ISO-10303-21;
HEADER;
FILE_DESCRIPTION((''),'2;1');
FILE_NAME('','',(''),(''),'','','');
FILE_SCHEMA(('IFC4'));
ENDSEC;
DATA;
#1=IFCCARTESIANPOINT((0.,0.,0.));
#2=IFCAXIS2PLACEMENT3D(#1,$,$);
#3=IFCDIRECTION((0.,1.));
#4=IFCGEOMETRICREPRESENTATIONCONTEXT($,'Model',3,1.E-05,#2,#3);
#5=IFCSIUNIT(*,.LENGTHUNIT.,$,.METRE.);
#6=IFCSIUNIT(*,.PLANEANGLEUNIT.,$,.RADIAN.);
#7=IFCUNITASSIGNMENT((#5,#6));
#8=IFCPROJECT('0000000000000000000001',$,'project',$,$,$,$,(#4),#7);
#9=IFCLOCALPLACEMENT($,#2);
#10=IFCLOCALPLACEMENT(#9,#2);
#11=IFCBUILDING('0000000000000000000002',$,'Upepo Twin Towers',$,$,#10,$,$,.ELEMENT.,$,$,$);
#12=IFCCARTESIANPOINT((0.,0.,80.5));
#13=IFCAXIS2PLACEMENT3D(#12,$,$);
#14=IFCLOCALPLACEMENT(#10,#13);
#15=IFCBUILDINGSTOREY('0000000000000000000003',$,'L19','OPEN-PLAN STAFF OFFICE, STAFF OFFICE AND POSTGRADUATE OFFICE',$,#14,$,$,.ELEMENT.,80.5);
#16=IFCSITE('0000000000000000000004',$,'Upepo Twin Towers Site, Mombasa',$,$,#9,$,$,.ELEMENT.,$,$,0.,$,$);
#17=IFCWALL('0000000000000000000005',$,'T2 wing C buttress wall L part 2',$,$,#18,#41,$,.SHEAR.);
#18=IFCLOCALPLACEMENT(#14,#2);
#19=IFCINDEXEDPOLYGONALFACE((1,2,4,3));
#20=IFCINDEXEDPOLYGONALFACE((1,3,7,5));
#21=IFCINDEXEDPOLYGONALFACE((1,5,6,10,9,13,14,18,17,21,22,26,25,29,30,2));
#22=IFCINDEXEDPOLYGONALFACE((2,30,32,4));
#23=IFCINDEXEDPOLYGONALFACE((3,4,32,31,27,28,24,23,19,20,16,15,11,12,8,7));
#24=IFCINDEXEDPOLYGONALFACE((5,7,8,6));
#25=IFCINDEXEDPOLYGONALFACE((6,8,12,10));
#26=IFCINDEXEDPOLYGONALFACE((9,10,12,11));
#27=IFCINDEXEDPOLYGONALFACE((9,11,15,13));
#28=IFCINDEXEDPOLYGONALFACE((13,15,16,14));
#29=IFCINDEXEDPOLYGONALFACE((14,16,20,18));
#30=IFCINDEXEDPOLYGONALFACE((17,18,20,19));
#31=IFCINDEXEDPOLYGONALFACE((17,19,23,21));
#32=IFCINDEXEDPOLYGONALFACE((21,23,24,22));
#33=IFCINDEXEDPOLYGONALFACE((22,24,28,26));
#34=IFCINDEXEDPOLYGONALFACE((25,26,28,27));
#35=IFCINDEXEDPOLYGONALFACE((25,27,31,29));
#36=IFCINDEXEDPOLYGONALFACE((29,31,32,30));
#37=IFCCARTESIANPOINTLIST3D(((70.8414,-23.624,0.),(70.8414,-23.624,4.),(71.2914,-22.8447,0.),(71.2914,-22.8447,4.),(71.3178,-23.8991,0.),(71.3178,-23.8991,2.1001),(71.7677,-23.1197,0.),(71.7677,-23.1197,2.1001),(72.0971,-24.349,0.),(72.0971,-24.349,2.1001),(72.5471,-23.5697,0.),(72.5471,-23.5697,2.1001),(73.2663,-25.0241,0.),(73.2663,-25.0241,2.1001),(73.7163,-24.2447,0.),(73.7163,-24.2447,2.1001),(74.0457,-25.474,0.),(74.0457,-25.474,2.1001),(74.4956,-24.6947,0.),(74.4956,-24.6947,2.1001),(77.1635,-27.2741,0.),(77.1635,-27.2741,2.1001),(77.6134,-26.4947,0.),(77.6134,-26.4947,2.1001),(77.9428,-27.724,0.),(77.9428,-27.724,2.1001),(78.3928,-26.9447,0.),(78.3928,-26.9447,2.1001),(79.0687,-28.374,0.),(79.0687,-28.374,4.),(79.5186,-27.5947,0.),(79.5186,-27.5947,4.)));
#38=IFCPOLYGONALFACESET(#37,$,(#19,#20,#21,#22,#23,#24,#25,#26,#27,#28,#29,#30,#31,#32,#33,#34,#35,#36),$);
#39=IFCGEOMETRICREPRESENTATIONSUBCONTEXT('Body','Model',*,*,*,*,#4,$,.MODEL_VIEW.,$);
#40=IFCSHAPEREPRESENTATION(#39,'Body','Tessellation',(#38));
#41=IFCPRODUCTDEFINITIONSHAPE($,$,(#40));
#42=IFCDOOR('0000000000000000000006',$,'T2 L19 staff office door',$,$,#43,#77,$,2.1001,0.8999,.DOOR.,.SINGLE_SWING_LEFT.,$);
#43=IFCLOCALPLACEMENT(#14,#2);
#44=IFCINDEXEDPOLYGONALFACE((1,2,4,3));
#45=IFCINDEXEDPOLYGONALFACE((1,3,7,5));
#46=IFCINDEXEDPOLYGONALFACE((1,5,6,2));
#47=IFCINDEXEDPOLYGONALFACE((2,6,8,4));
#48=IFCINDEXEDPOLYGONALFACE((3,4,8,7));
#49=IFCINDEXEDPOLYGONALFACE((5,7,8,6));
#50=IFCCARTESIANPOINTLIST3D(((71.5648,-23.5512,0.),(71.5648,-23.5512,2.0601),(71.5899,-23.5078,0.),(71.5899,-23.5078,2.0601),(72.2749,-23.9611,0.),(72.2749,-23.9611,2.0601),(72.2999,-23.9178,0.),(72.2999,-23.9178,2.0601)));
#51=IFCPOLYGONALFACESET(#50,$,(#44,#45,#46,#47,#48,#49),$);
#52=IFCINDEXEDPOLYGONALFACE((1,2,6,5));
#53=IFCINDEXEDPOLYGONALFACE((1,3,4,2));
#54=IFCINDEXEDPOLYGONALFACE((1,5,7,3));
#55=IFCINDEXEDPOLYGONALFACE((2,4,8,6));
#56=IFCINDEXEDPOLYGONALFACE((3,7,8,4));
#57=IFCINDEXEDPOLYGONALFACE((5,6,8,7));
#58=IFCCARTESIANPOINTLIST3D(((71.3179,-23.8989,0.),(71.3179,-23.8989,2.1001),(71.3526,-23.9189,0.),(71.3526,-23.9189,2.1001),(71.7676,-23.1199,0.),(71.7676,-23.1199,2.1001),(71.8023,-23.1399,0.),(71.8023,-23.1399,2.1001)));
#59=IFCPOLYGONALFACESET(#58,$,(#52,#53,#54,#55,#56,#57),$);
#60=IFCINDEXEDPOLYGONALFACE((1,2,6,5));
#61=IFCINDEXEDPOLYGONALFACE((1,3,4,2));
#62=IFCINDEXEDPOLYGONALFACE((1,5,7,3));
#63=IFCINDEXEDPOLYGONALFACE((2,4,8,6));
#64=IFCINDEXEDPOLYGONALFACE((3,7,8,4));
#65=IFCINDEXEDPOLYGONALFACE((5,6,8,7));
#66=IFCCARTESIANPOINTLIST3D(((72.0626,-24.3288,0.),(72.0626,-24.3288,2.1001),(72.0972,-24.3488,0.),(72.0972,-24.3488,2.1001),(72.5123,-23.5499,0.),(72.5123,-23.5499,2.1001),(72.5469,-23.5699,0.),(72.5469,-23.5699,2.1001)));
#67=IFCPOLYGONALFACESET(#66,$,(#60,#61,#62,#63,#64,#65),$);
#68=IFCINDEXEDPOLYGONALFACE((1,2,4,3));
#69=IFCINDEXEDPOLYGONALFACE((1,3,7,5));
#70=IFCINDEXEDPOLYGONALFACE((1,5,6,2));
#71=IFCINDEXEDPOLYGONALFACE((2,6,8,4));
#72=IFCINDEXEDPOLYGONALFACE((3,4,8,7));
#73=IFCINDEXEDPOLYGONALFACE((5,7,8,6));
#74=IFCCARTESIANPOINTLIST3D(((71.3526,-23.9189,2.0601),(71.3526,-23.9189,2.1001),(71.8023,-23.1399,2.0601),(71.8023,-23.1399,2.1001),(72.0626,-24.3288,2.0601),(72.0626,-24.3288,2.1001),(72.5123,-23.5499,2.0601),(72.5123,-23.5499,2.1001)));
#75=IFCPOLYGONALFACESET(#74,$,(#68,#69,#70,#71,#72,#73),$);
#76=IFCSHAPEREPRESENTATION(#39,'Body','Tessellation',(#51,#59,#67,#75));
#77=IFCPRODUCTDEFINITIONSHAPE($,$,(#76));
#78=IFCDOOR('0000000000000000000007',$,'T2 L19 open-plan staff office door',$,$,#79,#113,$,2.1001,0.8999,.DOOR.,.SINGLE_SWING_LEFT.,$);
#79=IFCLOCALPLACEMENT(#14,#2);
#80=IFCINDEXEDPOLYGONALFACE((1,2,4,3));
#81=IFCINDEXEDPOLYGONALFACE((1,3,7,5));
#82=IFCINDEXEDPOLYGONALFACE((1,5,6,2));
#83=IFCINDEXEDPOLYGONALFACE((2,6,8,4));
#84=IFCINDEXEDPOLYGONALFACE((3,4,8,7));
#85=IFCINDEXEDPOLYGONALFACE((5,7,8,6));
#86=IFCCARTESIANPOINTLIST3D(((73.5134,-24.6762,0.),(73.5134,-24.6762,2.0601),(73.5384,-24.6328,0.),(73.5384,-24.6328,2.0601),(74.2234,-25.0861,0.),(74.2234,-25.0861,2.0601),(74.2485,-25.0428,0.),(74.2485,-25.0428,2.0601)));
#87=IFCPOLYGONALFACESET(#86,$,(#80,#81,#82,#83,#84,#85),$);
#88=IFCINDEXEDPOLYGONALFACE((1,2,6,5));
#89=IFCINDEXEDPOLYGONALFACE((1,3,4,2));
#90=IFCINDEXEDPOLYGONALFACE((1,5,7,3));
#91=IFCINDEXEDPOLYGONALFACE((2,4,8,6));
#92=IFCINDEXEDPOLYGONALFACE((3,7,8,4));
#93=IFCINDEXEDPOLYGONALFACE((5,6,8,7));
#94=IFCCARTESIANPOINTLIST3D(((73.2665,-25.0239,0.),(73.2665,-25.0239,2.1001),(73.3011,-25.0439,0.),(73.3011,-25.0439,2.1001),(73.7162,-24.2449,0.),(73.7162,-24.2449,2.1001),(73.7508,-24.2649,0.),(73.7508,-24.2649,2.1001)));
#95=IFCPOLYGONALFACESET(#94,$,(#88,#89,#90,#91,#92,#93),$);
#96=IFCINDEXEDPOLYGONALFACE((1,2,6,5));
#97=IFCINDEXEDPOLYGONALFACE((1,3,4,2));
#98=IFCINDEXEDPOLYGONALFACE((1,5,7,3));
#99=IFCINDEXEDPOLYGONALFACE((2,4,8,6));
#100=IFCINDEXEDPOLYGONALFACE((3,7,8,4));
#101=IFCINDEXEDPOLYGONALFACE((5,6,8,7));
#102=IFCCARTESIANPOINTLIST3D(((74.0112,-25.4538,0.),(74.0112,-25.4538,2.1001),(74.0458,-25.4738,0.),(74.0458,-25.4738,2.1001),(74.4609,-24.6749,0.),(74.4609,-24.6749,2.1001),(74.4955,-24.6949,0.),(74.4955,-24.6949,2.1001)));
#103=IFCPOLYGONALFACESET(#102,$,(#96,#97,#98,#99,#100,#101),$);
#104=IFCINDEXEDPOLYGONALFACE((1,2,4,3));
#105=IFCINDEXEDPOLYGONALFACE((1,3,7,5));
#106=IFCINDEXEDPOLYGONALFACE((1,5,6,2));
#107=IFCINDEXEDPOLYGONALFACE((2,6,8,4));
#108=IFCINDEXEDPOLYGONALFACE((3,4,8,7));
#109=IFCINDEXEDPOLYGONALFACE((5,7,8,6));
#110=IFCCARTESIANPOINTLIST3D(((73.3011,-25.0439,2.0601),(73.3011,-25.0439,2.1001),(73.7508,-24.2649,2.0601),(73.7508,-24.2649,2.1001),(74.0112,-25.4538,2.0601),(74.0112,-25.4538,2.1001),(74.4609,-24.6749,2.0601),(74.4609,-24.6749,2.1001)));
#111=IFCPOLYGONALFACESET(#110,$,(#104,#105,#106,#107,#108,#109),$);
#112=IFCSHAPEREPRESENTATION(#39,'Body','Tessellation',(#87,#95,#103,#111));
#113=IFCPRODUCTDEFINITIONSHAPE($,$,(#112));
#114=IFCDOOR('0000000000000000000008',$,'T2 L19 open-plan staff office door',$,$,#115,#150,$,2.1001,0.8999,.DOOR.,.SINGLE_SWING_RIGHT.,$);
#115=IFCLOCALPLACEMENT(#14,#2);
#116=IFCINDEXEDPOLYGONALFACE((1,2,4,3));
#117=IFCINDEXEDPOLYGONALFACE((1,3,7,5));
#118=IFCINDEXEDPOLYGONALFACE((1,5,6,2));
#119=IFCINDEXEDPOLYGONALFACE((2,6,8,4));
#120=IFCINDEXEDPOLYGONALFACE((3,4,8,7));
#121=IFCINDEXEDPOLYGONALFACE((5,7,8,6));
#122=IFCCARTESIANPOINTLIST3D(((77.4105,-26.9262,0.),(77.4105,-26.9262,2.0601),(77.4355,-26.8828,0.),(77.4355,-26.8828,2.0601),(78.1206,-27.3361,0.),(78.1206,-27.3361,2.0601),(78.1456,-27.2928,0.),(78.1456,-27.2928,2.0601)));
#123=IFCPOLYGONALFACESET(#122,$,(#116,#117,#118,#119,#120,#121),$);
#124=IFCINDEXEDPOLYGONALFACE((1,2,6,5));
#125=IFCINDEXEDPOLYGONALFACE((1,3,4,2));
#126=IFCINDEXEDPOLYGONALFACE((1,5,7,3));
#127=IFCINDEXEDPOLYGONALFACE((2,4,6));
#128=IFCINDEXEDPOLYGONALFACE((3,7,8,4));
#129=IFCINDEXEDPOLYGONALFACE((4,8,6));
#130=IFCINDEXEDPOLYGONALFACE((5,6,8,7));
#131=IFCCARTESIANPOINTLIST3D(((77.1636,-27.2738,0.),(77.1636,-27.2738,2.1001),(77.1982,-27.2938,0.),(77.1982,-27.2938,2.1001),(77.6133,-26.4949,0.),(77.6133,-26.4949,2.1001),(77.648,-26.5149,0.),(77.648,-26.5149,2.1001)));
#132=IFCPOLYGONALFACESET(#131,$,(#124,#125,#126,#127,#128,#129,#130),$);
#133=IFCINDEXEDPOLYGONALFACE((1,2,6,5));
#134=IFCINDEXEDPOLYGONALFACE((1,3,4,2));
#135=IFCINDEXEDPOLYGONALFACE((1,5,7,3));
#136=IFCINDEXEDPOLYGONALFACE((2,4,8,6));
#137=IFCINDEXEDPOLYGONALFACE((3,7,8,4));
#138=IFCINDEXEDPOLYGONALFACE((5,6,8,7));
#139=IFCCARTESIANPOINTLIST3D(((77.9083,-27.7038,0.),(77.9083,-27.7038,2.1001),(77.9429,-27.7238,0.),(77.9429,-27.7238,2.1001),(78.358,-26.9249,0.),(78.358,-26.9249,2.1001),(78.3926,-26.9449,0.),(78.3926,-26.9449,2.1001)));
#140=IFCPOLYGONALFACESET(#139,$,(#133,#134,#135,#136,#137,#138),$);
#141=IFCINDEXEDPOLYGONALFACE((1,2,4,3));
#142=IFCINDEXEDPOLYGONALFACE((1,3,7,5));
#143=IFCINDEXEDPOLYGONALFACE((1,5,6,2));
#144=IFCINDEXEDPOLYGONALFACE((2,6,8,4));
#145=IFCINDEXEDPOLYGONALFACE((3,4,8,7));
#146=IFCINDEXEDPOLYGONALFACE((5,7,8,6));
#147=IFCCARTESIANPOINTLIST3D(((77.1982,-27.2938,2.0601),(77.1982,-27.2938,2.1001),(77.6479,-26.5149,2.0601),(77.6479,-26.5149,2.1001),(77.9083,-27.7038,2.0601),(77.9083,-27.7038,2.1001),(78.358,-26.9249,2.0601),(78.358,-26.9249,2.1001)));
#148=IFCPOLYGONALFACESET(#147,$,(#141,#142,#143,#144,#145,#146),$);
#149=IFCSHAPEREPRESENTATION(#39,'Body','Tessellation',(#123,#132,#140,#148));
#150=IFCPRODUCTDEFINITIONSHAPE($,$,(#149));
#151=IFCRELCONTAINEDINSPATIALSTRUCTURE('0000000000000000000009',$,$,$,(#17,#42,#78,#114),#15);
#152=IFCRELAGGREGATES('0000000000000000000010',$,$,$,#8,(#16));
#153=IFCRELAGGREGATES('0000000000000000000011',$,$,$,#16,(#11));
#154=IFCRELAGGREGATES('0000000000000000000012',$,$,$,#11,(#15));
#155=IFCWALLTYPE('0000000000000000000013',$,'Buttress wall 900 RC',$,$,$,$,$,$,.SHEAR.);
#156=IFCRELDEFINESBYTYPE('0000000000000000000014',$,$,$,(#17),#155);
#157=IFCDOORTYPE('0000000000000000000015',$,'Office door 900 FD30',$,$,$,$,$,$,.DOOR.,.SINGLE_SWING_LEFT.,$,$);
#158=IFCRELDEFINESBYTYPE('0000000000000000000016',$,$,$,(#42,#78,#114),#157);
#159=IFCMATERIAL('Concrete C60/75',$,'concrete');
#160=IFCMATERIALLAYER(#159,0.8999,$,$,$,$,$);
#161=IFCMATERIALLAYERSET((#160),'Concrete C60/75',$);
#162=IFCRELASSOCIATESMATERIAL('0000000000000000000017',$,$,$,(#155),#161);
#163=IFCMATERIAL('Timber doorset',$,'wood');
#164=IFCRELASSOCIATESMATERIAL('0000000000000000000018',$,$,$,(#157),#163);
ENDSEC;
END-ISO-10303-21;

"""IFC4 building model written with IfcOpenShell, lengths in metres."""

from ifc_helpers import new_model, si_unit, direction, frame, frame_2d, origin, place, context, subcontext, project, spatial, rectangle, extrude, material, layer, layer_set, type_object, element, fill, save


model = new_model("IFC4")

# Units and contexts
model_context = context("Model", 3, precision=1e-05, world=origin(), true_north=direction((0.0, 1.0)))
body_context = subcontext(model_context, "Body", "Model", "MODEL_VIEW")
ifc_project = project(units=[si_unit("LENGTHUNIT", "METRE"), si_unit("PLANEANGLEUNIT", "RADIAN")], contexts=[model_context])

# Site, building, storey
site_placement = place(None, origin())
site = spatial("IfcSite", under=ifc_project, at=site_placement, Name="Upepo Twin Towers Site, Mombasa", CompositionType="ELEMENT", RefElevation=0.0)
building_placement = place(site_placement, origin())
building = spatial("IfcBuilding", under=site, at=building_placement, Name="Upepo Twin Towers", CompositionType="ELEMENT")
storey_placement = place(building_placement, frame((0.0, 0.0, 80.5)))
storey = spatial("IfcBuildingStorey", under=building, at=storey_placement, Name="L19", Description="OPEN-PLAN STAFF OFFICE, STAFF OFFICE AND POSTGRADUATE OFFICE", CompositionType="ELEMENT", Elevation=80.5)

# Wall, openings, doors
ifc_material_1 = material(Name="Concrete C60/75", Category="concrete")
ifc_layer_1 = layer(ifc_material_1, 0.8999)
ifc_layer_set_1 = layer_set([ifc_layer_1], Name="Concrete C60/75")
wall_type_1 = type_object("IfcWallType", Name="Buttress wall 900 RC", PredefinedType="SHEAR", material=ifc_layer_set_1)
wall_1_placement = place(storey_placement, frame((71.0664, -23.2344, 0.0), z_axis=(0.0, 0.0, 1.0), x_axis=(0.866027, -0.499998, 0.0)))
wall_1 = element("IfcWall", 1, at=wall_1_placement, inside=storey, type_object=wall_type_1, Name="T2 wing C buttress wall L part 2", PredefinedType="SHEAR", context=body_context, shape_type="SweptSolid", body=[
    extrude(rectangle(XDim=9.5, YDim=0.8999, at=frame_2d((4.75, 0.0))), origin(), (0.0, 0.0, 1.0), 4.0),
])
opening_1_placement = place(wall_1_placement, frame((0.55, 0.0, 0.0)))
opening_1 = element("IfcOpeningElement", 2, at=opening_1_placement, cuts=wall_1, PredefinedType="OPENING", context=body_context, shape_type="SweptSolid", body=[
    extrude(rectangle(XDim=0.8999, YDim=2.1001, at=frame_2d((0.45, 1.05))), frame((0.0, 0.46, 0.0), z_axis=(0.0, -1.0, 0.0), x_axis=(1.0, 0.0, 0.0)), (0.0, 0.0, 1.0), 0.9199),
])
opening_2_placement = place(wall_1_placement, frame((2.8, 0.0, 0.0)))
opening_2 = element("IfcOpeningElement", 3, at=opening_2_placement, cuts=wall_1, PredefinedType="OPENING", context=body_context, shape_type="SweptSolid", body=[
    extrude(rectangle(XDim=0.8999, YDim=2.1001, at=frame_2d((0.45, 1.05))), frame((0.0, 0.46, 0.0), z_axis=(0.0, -1.0, 0.0), x_axis=(1.0, 0.0, 0.0)), (0.0, 0.0, 1.0), 0.9199),
])
opening_3_placement = place(wall_1_placement, frame((7.3, 0.0, 0.0)))
opening_3 = element("IfcOpeningElement", 4, at=opening_3_placement, cuts=wall_1, PredefinedType="OPENING", context=body_context, shape_type="SweptSolid", body=[
    extrude(rectangle(XDim=0.8999, YDim=2.1001, at=frame_2d((0.45, 1.05))), frame((0.0, 0.46, 0.0), z_axis=(0.0, -1.0, 0.0), x_axis=(1.0, 0.0, 0.0)), (0.0, 0.0, 1.0), 0.9199),
])
ifc_material_2 = material(Name="Timber doorset", Category="wood")
door_type = type_object("IfcDoorType", Name="Office door 900 FD30", OperationType="SINGLE_SWING_LEFT", PredefinedType="DOOR", material=ifc_material_2)
door_1_placement = place(opening_1_placement, origin())
door_1 = element("IfcDoor", 5, at=door_1_placement, inside=storey, type_object=door_type, Name="T2 L19 staff office door", OperationType="SINGLE_SWING_LEFT", OverallHeight=2.1001, OverallWidth=0.8999, PredefinedType="DOOR", context=body_context, shape_type="SweptSolid", body=[
    extrude(rectangle(XDim=0.8199, YDim=2.0601, at=frame_2d((0.45, 1.03))), frame((0.0, 0.0249, 0.0), z_axis=(0.0, -1.0, 0.0), x_axis=(1.0, 0.0, 0.0)), (0.0, 0.0, 1.0), 0.05),
    extrude(rectangle(XDim=0.04, YDim=2.1001, at=frame_2d((0.02, 1.05))), frame((0.0, 0.4497, 0.0), z_axis=(0.0, -1.0, 0.0), x_axis=(1.0, 0.0, 0.0)), (0.0, 0.0, 1.0), 0.8994),
    extrude(rectangle(XDim=0.04, YDim=2.1001, at=frame_2d((0.8799, 1.05))), frame((0.0, 0.4497, 0.0), z_axis=(0.0, -1.0, 0.0), x_axis=(1.0, 0.0, 0.0)), (0.0, 0.0, 1.0), 0.8994),
    extrude(rectangle(XDim=0.8199, YDim=0.04, at=frame_2d((0.45, 2.0801))), frame((0.0, 0.4497, 0.0), z_axis=(0.0, -1.0, 0.0), x_axis=(1.0, 0.0, 0.0)), (0.0, 0.0, 1.0), 0.8994),
])
fill(opening_1, door_1)
door_2_placement = place(opening_2_placement, origin())
door_2 = element("IfcDoor", 6, at=door_2_placement, inside=storey, type_object=door_type, Name="T2 L19 open-plan staff office door", OperationType="SINGLE_SWING_LEFT", OverallHeight=2.1001, OverallWidth=0.8999, PredefinedType="DOOR", context=body_context, shape_type="SweptSolid", body=[
    extrude(rectangle(XDim=0.8199, YDim=2.0601, at=frame_2d((0.45, 1.03))), frame((0.0, 0.0249, 0.0), z_axis=(0.0, -1.0, 0.0), x_axis=(1.0, 0.0, 0.0)), (0.0, 0.0, 1.0), 0.05),
    extrude(rectangle(XDim=0.04, YDim=2.1001, at=frame_2d((0.02, 1.05))), frame((0.0, 0.4497, 0.0), z_axis=(0.0, -1.0, 0.0), x_axis=(1.0, 0.0, 0.0)), (0.0, 0.0, 1.0), 0.8994),
    extrude(rectangle(XDim=0.04, YDim=2.1001, at=frame_2d((0.8799, 1.05))), frame((0.0, 0.4497, 0.0), z_axis=(0.0, -1.0, 0.0), x_axis=(1.0, 0.0, 0.0)), (0.0, 0.0, 1.0), 0.8994),
    extrude(rectangle(XDim=0.8199, YDim=0.04, at=frame_2d((0.45, 2.0801))), frame((0.0, 0.4497, 0.0), z_axis=(0.0, -1.0, 0.0), x_axis=(1.0, 0.0, 0.0)), (0.0, 0.0, 1.0), 0.8994),
])
fill(opening_2, door_2)
door_3_placement = place(opening_3_placement, origin())
door_3 = element("IfcDoor", 7, at=door_3_placement, inside=storey, type_object=door_type, Name="T2 L19 open-plan staff office door", OperationType="SINGLE_SWING_RIGHT", OverallHeight=2.1001, OverallWidth=0.8999, PredefinedType="DOOR", context=body_context, shape_type="SweptSolid", body=[
    extrude(rectangle(XDim=0.8199, YDim=2.0601, at=frame_2d((0.45, 1.03))), frame((0.0, 0.0249, 0.0), z_axis=(0.0, -1.0, 0.0), x_axis=(1.0, 0.0, 0.0)), (0.0, 0.0, 1.0), 0.05),
    extrude(rectangle(XDim=0.04, YDim=2.1001, at=frame_2d((0.02, 1.05))), frame((0.0, 0.4497, 0.0), z_axis=(0.0, -1.0, 0.0), x_axis=(1.0, 0.0, 0.0)), (0.0, 0.0, 1.0), 0.8994),
    extrude(rectangle(XDim=0.04, YDim=2.1001, at=frame_2d((0.8799, 1.05))), frame((0.0, 0.4497, 0.0), z_axis=(0.0, -1.0, 0.0), x_axis=(1.0, 0.0, 0.0)), (0.0, 0.0, 1.0), 0.8994),
    extrude(rectangle(XDim=0.8199, YDim=0.04, at=frame_2d((0.45, 2.0801))), frame((0.0, 0.4497, 0.0), z_axis=(0.0, -1.0, 0.0), x_axis=(1.0, 0.0, 0.0)), (0.0, 0.0, 1.0), 0.8994),
])
fill(opening_3, door_3)

save(model, "model.ifc")
